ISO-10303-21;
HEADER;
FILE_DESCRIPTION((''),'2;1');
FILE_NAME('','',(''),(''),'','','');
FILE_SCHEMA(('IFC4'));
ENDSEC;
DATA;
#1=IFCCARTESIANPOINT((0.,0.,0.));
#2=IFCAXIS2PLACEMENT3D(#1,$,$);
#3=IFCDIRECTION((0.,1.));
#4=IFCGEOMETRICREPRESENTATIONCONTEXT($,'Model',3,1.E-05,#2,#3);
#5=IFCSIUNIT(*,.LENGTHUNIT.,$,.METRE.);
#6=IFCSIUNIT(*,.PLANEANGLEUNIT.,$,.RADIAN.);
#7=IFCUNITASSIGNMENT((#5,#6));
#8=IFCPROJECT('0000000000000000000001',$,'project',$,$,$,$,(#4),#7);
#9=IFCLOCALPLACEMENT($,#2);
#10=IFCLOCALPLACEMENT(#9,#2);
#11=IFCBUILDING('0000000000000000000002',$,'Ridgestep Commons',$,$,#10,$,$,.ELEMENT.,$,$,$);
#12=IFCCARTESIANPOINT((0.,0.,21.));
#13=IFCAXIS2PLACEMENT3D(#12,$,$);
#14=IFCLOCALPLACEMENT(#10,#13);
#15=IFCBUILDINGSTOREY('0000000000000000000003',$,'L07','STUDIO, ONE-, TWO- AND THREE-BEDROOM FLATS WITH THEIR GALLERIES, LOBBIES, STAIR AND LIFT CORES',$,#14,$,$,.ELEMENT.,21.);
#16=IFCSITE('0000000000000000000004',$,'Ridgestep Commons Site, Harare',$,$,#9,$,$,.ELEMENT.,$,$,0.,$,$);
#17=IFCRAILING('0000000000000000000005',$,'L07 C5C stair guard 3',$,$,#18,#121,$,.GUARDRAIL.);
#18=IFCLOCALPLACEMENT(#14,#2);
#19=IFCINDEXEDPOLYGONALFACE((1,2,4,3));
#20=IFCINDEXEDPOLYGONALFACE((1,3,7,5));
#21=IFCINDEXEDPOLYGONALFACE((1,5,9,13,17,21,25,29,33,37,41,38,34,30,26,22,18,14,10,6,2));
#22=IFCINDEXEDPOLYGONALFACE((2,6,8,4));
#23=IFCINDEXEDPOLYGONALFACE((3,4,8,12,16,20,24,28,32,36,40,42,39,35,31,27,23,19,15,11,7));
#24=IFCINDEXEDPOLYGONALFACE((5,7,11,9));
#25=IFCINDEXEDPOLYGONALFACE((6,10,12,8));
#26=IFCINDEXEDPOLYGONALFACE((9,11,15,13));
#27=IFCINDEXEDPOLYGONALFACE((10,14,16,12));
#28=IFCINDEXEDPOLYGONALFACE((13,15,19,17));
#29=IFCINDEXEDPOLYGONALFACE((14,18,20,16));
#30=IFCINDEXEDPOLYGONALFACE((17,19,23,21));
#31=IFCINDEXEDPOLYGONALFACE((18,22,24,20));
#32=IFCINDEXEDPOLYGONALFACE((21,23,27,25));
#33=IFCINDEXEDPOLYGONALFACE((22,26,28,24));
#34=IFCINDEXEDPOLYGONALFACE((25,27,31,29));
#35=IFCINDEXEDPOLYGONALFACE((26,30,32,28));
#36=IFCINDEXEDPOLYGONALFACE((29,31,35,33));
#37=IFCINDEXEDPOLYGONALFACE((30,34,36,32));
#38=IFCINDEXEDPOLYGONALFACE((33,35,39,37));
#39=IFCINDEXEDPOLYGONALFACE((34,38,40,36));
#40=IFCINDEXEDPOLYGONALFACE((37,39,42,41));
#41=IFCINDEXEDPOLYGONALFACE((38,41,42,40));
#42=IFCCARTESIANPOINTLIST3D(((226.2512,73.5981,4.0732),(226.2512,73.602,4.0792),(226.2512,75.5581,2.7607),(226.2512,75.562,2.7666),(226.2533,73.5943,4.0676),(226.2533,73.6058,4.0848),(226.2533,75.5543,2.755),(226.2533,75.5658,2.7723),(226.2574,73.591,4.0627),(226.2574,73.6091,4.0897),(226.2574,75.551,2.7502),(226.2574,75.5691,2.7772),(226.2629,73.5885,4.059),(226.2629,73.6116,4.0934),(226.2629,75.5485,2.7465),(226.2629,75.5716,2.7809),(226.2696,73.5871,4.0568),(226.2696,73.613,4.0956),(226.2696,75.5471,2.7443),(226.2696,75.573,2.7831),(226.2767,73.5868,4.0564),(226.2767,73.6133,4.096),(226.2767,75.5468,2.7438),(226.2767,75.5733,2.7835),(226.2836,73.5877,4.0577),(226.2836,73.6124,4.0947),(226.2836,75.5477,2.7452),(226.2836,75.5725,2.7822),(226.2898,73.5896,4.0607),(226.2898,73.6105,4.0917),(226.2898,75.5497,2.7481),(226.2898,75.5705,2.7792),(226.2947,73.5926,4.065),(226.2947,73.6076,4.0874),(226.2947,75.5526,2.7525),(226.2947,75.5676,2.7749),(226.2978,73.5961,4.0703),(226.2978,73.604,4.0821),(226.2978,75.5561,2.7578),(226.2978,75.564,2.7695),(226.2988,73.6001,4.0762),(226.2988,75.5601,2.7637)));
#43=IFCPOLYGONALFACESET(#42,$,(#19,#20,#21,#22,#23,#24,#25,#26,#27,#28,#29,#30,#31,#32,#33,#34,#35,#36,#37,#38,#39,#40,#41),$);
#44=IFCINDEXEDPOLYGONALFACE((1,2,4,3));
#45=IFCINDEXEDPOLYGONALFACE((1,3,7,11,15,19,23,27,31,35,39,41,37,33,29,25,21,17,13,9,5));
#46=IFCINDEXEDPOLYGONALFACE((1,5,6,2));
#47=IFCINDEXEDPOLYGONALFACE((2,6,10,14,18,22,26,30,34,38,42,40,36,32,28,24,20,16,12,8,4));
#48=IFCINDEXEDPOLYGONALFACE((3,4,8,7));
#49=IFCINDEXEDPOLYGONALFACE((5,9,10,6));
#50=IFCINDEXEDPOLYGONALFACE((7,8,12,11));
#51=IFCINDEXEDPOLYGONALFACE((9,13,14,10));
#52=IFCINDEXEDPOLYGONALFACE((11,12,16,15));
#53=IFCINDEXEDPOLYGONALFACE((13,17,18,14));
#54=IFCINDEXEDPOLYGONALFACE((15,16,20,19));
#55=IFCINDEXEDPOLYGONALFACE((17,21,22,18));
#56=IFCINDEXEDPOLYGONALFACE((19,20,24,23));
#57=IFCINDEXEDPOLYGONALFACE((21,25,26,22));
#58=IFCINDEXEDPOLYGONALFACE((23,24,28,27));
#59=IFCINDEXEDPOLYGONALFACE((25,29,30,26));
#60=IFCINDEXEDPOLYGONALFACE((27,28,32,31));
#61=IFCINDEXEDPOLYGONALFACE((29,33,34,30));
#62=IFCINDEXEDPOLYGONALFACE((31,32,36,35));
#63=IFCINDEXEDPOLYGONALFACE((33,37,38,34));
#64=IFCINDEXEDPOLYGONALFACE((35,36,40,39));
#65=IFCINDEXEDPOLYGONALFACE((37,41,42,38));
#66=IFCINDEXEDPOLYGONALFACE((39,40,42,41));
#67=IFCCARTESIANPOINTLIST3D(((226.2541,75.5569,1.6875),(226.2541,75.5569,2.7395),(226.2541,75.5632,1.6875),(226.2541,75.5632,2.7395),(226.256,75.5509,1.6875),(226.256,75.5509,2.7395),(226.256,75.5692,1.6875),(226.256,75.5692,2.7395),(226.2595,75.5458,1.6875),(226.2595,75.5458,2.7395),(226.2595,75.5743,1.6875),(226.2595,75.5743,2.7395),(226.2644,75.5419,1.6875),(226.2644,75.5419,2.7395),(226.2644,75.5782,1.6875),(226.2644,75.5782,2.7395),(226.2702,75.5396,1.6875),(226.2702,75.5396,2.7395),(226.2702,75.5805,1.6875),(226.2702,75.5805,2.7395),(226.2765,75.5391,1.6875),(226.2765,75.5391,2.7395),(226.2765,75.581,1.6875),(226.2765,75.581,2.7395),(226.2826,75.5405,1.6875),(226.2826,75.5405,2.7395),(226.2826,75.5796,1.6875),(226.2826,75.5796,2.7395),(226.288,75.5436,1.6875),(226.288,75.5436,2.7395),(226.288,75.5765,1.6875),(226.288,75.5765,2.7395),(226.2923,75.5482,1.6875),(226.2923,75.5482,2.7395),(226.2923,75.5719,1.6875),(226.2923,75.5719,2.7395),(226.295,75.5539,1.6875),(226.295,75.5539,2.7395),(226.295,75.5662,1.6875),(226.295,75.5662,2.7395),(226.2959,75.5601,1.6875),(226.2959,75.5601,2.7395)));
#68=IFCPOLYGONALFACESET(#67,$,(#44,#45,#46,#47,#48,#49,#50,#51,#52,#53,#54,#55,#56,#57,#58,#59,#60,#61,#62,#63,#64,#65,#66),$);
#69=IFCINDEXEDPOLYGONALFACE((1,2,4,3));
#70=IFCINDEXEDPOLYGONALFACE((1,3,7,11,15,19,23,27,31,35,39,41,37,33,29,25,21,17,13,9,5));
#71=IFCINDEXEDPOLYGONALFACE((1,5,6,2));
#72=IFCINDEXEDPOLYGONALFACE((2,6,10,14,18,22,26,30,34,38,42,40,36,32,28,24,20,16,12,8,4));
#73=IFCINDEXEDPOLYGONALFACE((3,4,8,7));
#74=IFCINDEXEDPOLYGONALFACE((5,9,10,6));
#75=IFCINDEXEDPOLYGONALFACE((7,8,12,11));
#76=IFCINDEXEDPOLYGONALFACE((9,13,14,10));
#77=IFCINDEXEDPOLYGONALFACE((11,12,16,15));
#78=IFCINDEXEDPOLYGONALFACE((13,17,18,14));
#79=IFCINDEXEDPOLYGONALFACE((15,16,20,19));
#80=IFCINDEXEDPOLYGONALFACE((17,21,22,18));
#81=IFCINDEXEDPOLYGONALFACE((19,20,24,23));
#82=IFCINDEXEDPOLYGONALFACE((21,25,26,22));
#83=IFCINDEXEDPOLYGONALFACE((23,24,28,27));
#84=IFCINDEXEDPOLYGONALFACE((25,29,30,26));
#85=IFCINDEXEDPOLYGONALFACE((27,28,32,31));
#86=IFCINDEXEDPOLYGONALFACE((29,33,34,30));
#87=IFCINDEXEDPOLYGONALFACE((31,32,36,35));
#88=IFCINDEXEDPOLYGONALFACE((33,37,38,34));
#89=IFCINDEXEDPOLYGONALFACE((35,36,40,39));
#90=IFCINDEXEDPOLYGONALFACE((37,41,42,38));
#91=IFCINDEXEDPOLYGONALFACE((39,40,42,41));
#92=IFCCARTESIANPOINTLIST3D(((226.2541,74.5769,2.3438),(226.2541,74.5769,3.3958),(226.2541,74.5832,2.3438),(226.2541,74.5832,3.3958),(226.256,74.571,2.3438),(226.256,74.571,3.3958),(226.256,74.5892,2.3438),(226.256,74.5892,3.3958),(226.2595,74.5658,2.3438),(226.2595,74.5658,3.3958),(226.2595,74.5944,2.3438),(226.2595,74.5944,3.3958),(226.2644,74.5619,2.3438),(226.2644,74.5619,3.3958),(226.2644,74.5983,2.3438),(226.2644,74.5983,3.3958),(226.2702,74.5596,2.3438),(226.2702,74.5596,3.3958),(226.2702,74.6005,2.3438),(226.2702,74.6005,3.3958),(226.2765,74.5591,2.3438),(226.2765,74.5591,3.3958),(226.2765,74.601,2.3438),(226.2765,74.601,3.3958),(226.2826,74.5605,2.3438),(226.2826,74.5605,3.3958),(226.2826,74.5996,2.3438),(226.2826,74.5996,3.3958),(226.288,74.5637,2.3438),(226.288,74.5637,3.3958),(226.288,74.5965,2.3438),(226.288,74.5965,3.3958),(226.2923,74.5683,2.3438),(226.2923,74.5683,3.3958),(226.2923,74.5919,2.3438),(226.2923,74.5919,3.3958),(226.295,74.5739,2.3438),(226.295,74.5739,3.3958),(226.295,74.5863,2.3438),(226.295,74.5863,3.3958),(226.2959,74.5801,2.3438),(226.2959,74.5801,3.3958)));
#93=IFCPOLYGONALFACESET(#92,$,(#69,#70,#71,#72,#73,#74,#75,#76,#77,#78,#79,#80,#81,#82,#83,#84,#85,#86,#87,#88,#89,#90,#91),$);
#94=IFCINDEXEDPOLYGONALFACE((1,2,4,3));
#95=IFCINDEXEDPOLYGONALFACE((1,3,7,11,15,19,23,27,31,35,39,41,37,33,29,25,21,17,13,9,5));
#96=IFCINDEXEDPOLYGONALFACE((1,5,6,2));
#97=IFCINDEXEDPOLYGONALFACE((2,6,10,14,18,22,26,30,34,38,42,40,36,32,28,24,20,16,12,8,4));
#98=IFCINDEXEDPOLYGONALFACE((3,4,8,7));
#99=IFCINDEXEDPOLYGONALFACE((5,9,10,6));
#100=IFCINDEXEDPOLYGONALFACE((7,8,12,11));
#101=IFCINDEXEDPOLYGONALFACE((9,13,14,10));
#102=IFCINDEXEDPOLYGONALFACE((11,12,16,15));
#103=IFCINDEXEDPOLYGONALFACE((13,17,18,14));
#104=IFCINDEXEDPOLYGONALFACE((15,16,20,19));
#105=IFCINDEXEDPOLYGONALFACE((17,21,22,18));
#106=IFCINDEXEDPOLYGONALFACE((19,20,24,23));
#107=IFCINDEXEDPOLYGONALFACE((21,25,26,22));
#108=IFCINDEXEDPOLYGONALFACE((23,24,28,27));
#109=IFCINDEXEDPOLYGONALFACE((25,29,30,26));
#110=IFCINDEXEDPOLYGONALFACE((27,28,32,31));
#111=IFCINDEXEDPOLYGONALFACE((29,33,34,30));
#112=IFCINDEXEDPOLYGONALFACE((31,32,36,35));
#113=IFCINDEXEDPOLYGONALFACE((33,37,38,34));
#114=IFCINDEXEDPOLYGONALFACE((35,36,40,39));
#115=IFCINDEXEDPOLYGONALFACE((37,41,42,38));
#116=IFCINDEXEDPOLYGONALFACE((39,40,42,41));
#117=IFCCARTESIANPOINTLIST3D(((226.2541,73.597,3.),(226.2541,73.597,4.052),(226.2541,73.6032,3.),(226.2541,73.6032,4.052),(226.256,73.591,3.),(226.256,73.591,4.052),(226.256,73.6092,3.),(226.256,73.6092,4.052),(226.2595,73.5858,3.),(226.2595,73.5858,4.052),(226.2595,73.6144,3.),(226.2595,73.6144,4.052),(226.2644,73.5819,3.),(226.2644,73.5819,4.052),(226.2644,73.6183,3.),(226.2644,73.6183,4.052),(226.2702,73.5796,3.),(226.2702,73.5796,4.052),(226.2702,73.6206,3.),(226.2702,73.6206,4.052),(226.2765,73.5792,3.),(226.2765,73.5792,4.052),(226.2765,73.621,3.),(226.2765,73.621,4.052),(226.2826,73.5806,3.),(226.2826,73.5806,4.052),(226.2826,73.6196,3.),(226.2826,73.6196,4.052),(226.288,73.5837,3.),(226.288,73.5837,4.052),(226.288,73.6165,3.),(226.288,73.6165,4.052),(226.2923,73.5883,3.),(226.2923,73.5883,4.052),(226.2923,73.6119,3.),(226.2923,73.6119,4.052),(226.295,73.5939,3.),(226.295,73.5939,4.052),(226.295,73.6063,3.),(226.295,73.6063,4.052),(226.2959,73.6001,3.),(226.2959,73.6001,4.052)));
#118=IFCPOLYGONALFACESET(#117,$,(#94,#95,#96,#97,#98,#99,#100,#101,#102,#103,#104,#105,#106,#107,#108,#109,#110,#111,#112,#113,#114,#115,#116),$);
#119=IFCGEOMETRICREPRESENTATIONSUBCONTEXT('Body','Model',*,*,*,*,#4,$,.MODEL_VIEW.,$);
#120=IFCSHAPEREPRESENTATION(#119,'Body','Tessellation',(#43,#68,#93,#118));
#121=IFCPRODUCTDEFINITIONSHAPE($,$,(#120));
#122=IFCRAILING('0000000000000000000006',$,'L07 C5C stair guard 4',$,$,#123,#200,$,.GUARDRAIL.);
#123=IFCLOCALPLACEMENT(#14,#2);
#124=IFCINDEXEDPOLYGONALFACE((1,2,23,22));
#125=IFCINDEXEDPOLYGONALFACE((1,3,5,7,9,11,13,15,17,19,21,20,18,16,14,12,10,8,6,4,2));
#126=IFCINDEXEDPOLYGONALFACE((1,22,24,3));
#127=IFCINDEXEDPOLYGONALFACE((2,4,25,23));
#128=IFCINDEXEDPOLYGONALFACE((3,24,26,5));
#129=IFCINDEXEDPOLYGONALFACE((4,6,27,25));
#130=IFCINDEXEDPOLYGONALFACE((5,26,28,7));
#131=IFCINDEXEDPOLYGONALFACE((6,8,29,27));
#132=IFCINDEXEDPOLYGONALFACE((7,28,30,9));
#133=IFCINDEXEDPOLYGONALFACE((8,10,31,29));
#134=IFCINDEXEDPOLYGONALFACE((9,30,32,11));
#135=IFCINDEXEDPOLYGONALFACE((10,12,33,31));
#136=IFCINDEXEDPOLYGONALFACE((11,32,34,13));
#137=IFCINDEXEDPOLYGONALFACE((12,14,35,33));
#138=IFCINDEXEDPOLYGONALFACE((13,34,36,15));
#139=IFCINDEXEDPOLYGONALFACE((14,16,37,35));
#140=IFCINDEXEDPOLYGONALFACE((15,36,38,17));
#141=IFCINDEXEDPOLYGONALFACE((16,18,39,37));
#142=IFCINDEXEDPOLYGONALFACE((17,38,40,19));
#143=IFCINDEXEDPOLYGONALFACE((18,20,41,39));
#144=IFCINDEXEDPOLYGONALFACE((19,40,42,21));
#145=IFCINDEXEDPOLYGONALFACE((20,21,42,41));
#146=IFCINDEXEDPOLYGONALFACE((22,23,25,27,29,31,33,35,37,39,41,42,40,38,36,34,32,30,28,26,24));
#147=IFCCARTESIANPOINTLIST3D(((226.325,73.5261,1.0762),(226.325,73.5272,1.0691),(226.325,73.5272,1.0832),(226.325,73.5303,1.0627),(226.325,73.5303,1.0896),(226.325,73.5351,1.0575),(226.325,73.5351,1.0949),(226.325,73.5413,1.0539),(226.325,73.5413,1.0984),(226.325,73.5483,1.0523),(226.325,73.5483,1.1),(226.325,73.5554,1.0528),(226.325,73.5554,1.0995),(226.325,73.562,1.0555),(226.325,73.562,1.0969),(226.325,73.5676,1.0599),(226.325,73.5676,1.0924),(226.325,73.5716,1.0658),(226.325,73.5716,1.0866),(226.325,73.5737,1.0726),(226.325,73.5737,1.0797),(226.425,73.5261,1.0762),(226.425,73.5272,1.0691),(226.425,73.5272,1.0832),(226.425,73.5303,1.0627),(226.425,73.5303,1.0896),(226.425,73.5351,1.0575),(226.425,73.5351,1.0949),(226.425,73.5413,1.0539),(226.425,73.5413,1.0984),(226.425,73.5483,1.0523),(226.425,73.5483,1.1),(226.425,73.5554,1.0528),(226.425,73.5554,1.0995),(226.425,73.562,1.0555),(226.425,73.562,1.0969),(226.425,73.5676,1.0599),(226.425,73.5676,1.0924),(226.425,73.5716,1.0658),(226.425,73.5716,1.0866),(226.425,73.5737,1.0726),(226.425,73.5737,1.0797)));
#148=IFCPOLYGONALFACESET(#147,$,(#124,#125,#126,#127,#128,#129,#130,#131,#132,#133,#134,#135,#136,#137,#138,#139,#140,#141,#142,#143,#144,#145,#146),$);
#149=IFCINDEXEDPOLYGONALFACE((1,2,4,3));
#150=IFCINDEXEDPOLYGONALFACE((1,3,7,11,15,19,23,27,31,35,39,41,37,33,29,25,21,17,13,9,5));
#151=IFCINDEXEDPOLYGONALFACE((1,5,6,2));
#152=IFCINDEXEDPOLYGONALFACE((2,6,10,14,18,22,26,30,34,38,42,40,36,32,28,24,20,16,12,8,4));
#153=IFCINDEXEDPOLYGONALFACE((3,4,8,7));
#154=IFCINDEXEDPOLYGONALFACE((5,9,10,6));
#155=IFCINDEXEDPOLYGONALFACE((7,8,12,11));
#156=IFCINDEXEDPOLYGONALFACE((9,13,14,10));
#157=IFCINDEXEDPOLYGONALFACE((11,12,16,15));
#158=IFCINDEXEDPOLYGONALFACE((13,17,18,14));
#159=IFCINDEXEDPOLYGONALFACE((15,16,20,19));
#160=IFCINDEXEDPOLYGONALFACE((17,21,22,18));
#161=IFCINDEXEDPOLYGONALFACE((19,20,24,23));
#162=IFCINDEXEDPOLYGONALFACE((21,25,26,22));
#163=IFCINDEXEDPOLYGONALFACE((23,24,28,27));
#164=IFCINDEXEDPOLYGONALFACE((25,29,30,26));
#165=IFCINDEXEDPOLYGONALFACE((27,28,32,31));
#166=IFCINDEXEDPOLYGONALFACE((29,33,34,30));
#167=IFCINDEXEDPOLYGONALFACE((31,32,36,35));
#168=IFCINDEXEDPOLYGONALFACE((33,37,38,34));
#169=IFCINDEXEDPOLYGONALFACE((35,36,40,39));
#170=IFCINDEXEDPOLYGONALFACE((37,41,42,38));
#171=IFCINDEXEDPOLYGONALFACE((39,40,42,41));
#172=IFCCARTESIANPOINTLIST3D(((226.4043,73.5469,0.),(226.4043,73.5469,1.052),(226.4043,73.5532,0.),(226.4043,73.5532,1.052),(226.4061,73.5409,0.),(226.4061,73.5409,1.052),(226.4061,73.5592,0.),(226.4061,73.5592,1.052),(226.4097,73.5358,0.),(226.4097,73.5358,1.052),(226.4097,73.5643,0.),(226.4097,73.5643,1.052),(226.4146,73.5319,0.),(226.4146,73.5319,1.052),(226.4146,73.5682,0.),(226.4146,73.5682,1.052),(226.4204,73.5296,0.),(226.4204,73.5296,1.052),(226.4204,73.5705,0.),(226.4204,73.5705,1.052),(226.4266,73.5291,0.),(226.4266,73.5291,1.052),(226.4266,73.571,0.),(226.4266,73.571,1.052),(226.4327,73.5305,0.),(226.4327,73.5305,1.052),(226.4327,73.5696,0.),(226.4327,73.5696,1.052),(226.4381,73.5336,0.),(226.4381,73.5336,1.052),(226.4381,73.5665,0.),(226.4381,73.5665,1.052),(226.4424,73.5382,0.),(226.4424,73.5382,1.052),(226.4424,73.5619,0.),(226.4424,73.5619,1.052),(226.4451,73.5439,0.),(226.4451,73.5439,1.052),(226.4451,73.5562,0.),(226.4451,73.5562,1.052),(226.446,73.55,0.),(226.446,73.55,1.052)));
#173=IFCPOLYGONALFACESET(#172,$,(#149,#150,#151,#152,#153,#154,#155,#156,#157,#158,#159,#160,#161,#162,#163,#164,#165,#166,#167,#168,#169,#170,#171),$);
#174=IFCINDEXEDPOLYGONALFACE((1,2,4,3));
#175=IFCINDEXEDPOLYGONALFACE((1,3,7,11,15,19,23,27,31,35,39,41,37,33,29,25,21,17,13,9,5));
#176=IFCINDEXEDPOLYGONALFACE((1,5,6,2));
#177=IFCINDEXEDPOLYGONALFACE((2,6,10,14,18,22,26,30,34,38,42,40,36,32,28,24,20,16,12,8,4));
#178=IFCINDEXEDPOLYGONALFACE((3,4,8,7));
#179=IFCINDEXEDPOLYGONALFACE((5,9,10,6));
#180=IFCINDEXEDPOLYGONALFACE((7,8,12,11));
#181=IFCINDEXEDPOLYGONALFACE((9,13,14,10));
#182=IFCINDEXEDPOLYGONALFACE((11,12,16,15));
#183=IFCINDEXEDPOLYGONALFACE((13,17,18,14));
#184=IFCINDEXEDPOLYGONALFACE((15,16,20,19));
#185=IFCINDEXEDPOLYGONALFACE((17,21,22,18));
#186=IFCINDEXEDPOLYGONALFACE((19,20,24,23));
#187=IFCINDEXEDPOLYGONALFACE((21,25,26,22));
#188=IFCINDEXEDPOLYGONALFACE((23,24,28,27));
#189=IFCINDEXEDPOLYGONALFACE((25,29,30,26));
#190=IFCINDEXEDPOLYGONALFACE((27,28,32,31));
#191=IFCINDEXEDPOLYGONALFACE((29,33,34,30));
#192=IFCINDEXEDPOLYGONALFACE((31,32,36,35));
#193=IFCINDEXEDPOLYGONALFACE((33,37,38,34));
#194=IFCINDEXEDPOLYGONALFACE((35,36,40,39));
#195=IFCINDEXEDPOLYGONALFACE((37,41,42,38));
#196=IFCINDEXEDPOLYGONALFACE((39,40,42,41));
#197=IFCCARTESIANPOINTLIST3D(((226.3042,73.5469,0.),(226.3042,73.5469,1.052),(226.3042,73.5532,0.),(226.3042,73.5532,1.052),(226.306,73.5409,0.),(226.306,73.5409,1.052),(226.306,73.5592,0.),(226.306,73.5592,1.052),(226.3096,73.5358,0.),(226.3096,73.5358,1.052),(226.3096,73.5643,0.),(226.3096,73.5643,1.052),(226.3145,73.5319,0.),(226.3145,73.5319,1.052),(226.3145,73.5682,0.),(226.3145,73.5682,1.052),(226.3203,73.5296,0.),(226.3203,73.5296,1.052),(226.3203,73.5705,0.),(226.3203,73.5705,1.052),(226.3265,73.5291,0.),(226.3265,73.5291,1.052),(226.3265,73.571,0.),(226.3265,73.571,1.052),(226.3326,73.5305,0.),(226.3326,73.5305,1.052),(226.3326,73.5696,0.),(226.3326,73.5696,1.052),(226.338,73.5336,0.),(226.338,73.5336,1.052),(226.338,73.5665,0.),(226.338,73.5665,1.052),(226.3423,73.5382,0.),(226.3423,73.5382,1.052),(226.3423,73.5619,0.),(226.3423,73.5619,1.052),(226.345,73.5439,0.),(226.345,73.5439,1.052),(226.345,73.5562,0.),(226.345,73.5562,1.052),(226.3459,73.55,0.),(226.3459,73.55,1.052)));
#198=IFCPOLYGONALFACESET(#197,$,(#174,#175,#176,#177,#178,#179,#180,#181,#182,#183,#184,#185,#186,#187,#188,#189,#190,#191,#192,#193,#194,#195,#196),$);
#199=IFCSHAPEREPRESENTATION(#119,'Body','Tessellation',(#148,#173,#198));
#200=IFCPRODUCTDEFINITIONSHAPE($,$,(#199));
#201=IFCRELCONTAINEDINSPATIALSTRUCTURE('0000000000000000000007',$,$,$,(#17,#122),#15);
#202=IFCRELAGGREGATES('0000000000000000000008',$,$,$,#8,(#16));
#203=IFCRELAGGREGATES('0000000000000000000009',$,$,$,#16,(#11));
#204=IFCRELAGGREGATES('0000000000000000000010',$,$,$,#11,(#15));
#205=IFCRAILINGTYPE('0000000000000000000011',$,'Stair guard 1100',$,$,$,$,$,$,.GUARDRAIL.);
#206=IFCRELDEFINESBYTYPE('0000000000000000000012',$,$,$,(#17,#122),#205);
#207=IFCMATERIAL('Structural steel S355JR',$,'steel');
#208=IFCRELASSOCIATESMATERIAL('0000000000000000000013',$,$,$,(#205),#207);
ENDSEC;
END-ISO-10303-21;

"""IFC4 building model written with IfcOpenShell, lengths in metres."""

from ifc_helpers import new_model, si_unit, direction, frame, origin, origin_2d, place, context, subcontext, project, spatial, circle, extrude, material, type_object, element, save


model = new_model("IFC4")

# Units and contexts
model_context = context("Model", 3, precision=1e-05, world=origin(), true_north=direction((0.0, 1.0)))
body_context = subcontext(model_context, "Body", "Model", "MODEL_VIEW")
ifc_project = project(units=[si_unit("LENGTHUNIT", "METRE"), si_unit("PLANEANGLEUNIT", "RADIAN")], contexts=[model_context])

# Site, building, storey
site_placement = place(None, origin())
site = spatial("IfcSite", under=ifc_project, at=site_placement, Name="Ridgestep Commons Site, Harare", CompositionType="ELEMENT", RefElevation=0.0)
building_placement = place(site_placement, origin())
building = spatial("IfcBuilding", under=site, at=building_placement, Name="Ridgestep Commons", CompositionType="ELEMENT")
storey_placement = place(building_placement, frame((0.0, 0.0, 21.0)))
storey = spatial("IfcBuildingStorey", under=building, at=storey_placement, Name="L07", Description="STUDIO, ONE-, TWO- AND THREE-BEDROOM FLATS WITH THEIR GALLERIES, LOBBIES, STAIR AND LIFT CORES", CompositionType="ELEMENT", Elevation=21.0)

# Railings
ifc_material_1 = material(Name="Structural steel S355JR", Category="steel")
railing_type_1 = type_object("IfcRailingType", Name="Stair guard 1100", PredefinedType="GUARDRAIL", material=ifc_material_1)
railing_1_placement = place(storey_placement, frame((226.2749, 75.5601, 1.6875)))
element("IfcRailing", 1, at=railing_1_placement, inside=storey, type_object=railing_type_1, Name="L07 C5C stair guard 3", PredefinedType="GUARDRAIL", context=body_context, shape_type="SweptSolid", body=[
    extrude(circle(Radius=0.0239, at=origin_2d()), frame((0.0, 0.0, 1.0762), z_axis=(0.0, -0.830902, 0.556419), x_axis=(1.0, 0.0, 0.0)), (0.0, 0.0, 1.0), 2.3589),
    extrude(circle(Radius=0.021, at=origin_2d()), origin(), (0.0, 0.0, 1.0), 1.052),
    extrude(circle(Radius=0.021, at=origin_2d()), frame((0.0, -0.98, 0.6562)), (0.0, 0.0, 1.0), 1.052),
    extrude(circle(Radius=0.021, at=origin_2d()), frame((0.0, -1.96, 1.3125)), (0.0, 0.0, 1.0), 1.052),
])
railing_2_placement = place(storey_placement, frame((226.425, 73.55, 0.0)))
element("IfcRailing", 2, at=railing_2_placement, inside=storey, type_object=railing_type_1, Name="L07 C5C stair guard 4", PredefinedType="GUARDRAIL", context=body_context, shape_type="SweptSolid", body=[
    extrude(circle(Radius=0.0239, at=origin_2d()), frame((0.0, 0.0, 1.0762), z_axis=(-1.0, 0.0, 0.0), x_axis=(0.0, -1.0, 0.0)), (0.0, 0.0, 1.0), 0.1001),
    extrude(circle(Radius=0.021, at=origin_2d()), origin(), (0.0, 0.0, 1.0), 1.052),
    extrude(circle(Radius=0.021, at=origin_2d()), frame((-0.1001, 0.0, 0.0)), (0.0, 0.0, 1.0), 1.052),
])

save(model, "model.ifc")
